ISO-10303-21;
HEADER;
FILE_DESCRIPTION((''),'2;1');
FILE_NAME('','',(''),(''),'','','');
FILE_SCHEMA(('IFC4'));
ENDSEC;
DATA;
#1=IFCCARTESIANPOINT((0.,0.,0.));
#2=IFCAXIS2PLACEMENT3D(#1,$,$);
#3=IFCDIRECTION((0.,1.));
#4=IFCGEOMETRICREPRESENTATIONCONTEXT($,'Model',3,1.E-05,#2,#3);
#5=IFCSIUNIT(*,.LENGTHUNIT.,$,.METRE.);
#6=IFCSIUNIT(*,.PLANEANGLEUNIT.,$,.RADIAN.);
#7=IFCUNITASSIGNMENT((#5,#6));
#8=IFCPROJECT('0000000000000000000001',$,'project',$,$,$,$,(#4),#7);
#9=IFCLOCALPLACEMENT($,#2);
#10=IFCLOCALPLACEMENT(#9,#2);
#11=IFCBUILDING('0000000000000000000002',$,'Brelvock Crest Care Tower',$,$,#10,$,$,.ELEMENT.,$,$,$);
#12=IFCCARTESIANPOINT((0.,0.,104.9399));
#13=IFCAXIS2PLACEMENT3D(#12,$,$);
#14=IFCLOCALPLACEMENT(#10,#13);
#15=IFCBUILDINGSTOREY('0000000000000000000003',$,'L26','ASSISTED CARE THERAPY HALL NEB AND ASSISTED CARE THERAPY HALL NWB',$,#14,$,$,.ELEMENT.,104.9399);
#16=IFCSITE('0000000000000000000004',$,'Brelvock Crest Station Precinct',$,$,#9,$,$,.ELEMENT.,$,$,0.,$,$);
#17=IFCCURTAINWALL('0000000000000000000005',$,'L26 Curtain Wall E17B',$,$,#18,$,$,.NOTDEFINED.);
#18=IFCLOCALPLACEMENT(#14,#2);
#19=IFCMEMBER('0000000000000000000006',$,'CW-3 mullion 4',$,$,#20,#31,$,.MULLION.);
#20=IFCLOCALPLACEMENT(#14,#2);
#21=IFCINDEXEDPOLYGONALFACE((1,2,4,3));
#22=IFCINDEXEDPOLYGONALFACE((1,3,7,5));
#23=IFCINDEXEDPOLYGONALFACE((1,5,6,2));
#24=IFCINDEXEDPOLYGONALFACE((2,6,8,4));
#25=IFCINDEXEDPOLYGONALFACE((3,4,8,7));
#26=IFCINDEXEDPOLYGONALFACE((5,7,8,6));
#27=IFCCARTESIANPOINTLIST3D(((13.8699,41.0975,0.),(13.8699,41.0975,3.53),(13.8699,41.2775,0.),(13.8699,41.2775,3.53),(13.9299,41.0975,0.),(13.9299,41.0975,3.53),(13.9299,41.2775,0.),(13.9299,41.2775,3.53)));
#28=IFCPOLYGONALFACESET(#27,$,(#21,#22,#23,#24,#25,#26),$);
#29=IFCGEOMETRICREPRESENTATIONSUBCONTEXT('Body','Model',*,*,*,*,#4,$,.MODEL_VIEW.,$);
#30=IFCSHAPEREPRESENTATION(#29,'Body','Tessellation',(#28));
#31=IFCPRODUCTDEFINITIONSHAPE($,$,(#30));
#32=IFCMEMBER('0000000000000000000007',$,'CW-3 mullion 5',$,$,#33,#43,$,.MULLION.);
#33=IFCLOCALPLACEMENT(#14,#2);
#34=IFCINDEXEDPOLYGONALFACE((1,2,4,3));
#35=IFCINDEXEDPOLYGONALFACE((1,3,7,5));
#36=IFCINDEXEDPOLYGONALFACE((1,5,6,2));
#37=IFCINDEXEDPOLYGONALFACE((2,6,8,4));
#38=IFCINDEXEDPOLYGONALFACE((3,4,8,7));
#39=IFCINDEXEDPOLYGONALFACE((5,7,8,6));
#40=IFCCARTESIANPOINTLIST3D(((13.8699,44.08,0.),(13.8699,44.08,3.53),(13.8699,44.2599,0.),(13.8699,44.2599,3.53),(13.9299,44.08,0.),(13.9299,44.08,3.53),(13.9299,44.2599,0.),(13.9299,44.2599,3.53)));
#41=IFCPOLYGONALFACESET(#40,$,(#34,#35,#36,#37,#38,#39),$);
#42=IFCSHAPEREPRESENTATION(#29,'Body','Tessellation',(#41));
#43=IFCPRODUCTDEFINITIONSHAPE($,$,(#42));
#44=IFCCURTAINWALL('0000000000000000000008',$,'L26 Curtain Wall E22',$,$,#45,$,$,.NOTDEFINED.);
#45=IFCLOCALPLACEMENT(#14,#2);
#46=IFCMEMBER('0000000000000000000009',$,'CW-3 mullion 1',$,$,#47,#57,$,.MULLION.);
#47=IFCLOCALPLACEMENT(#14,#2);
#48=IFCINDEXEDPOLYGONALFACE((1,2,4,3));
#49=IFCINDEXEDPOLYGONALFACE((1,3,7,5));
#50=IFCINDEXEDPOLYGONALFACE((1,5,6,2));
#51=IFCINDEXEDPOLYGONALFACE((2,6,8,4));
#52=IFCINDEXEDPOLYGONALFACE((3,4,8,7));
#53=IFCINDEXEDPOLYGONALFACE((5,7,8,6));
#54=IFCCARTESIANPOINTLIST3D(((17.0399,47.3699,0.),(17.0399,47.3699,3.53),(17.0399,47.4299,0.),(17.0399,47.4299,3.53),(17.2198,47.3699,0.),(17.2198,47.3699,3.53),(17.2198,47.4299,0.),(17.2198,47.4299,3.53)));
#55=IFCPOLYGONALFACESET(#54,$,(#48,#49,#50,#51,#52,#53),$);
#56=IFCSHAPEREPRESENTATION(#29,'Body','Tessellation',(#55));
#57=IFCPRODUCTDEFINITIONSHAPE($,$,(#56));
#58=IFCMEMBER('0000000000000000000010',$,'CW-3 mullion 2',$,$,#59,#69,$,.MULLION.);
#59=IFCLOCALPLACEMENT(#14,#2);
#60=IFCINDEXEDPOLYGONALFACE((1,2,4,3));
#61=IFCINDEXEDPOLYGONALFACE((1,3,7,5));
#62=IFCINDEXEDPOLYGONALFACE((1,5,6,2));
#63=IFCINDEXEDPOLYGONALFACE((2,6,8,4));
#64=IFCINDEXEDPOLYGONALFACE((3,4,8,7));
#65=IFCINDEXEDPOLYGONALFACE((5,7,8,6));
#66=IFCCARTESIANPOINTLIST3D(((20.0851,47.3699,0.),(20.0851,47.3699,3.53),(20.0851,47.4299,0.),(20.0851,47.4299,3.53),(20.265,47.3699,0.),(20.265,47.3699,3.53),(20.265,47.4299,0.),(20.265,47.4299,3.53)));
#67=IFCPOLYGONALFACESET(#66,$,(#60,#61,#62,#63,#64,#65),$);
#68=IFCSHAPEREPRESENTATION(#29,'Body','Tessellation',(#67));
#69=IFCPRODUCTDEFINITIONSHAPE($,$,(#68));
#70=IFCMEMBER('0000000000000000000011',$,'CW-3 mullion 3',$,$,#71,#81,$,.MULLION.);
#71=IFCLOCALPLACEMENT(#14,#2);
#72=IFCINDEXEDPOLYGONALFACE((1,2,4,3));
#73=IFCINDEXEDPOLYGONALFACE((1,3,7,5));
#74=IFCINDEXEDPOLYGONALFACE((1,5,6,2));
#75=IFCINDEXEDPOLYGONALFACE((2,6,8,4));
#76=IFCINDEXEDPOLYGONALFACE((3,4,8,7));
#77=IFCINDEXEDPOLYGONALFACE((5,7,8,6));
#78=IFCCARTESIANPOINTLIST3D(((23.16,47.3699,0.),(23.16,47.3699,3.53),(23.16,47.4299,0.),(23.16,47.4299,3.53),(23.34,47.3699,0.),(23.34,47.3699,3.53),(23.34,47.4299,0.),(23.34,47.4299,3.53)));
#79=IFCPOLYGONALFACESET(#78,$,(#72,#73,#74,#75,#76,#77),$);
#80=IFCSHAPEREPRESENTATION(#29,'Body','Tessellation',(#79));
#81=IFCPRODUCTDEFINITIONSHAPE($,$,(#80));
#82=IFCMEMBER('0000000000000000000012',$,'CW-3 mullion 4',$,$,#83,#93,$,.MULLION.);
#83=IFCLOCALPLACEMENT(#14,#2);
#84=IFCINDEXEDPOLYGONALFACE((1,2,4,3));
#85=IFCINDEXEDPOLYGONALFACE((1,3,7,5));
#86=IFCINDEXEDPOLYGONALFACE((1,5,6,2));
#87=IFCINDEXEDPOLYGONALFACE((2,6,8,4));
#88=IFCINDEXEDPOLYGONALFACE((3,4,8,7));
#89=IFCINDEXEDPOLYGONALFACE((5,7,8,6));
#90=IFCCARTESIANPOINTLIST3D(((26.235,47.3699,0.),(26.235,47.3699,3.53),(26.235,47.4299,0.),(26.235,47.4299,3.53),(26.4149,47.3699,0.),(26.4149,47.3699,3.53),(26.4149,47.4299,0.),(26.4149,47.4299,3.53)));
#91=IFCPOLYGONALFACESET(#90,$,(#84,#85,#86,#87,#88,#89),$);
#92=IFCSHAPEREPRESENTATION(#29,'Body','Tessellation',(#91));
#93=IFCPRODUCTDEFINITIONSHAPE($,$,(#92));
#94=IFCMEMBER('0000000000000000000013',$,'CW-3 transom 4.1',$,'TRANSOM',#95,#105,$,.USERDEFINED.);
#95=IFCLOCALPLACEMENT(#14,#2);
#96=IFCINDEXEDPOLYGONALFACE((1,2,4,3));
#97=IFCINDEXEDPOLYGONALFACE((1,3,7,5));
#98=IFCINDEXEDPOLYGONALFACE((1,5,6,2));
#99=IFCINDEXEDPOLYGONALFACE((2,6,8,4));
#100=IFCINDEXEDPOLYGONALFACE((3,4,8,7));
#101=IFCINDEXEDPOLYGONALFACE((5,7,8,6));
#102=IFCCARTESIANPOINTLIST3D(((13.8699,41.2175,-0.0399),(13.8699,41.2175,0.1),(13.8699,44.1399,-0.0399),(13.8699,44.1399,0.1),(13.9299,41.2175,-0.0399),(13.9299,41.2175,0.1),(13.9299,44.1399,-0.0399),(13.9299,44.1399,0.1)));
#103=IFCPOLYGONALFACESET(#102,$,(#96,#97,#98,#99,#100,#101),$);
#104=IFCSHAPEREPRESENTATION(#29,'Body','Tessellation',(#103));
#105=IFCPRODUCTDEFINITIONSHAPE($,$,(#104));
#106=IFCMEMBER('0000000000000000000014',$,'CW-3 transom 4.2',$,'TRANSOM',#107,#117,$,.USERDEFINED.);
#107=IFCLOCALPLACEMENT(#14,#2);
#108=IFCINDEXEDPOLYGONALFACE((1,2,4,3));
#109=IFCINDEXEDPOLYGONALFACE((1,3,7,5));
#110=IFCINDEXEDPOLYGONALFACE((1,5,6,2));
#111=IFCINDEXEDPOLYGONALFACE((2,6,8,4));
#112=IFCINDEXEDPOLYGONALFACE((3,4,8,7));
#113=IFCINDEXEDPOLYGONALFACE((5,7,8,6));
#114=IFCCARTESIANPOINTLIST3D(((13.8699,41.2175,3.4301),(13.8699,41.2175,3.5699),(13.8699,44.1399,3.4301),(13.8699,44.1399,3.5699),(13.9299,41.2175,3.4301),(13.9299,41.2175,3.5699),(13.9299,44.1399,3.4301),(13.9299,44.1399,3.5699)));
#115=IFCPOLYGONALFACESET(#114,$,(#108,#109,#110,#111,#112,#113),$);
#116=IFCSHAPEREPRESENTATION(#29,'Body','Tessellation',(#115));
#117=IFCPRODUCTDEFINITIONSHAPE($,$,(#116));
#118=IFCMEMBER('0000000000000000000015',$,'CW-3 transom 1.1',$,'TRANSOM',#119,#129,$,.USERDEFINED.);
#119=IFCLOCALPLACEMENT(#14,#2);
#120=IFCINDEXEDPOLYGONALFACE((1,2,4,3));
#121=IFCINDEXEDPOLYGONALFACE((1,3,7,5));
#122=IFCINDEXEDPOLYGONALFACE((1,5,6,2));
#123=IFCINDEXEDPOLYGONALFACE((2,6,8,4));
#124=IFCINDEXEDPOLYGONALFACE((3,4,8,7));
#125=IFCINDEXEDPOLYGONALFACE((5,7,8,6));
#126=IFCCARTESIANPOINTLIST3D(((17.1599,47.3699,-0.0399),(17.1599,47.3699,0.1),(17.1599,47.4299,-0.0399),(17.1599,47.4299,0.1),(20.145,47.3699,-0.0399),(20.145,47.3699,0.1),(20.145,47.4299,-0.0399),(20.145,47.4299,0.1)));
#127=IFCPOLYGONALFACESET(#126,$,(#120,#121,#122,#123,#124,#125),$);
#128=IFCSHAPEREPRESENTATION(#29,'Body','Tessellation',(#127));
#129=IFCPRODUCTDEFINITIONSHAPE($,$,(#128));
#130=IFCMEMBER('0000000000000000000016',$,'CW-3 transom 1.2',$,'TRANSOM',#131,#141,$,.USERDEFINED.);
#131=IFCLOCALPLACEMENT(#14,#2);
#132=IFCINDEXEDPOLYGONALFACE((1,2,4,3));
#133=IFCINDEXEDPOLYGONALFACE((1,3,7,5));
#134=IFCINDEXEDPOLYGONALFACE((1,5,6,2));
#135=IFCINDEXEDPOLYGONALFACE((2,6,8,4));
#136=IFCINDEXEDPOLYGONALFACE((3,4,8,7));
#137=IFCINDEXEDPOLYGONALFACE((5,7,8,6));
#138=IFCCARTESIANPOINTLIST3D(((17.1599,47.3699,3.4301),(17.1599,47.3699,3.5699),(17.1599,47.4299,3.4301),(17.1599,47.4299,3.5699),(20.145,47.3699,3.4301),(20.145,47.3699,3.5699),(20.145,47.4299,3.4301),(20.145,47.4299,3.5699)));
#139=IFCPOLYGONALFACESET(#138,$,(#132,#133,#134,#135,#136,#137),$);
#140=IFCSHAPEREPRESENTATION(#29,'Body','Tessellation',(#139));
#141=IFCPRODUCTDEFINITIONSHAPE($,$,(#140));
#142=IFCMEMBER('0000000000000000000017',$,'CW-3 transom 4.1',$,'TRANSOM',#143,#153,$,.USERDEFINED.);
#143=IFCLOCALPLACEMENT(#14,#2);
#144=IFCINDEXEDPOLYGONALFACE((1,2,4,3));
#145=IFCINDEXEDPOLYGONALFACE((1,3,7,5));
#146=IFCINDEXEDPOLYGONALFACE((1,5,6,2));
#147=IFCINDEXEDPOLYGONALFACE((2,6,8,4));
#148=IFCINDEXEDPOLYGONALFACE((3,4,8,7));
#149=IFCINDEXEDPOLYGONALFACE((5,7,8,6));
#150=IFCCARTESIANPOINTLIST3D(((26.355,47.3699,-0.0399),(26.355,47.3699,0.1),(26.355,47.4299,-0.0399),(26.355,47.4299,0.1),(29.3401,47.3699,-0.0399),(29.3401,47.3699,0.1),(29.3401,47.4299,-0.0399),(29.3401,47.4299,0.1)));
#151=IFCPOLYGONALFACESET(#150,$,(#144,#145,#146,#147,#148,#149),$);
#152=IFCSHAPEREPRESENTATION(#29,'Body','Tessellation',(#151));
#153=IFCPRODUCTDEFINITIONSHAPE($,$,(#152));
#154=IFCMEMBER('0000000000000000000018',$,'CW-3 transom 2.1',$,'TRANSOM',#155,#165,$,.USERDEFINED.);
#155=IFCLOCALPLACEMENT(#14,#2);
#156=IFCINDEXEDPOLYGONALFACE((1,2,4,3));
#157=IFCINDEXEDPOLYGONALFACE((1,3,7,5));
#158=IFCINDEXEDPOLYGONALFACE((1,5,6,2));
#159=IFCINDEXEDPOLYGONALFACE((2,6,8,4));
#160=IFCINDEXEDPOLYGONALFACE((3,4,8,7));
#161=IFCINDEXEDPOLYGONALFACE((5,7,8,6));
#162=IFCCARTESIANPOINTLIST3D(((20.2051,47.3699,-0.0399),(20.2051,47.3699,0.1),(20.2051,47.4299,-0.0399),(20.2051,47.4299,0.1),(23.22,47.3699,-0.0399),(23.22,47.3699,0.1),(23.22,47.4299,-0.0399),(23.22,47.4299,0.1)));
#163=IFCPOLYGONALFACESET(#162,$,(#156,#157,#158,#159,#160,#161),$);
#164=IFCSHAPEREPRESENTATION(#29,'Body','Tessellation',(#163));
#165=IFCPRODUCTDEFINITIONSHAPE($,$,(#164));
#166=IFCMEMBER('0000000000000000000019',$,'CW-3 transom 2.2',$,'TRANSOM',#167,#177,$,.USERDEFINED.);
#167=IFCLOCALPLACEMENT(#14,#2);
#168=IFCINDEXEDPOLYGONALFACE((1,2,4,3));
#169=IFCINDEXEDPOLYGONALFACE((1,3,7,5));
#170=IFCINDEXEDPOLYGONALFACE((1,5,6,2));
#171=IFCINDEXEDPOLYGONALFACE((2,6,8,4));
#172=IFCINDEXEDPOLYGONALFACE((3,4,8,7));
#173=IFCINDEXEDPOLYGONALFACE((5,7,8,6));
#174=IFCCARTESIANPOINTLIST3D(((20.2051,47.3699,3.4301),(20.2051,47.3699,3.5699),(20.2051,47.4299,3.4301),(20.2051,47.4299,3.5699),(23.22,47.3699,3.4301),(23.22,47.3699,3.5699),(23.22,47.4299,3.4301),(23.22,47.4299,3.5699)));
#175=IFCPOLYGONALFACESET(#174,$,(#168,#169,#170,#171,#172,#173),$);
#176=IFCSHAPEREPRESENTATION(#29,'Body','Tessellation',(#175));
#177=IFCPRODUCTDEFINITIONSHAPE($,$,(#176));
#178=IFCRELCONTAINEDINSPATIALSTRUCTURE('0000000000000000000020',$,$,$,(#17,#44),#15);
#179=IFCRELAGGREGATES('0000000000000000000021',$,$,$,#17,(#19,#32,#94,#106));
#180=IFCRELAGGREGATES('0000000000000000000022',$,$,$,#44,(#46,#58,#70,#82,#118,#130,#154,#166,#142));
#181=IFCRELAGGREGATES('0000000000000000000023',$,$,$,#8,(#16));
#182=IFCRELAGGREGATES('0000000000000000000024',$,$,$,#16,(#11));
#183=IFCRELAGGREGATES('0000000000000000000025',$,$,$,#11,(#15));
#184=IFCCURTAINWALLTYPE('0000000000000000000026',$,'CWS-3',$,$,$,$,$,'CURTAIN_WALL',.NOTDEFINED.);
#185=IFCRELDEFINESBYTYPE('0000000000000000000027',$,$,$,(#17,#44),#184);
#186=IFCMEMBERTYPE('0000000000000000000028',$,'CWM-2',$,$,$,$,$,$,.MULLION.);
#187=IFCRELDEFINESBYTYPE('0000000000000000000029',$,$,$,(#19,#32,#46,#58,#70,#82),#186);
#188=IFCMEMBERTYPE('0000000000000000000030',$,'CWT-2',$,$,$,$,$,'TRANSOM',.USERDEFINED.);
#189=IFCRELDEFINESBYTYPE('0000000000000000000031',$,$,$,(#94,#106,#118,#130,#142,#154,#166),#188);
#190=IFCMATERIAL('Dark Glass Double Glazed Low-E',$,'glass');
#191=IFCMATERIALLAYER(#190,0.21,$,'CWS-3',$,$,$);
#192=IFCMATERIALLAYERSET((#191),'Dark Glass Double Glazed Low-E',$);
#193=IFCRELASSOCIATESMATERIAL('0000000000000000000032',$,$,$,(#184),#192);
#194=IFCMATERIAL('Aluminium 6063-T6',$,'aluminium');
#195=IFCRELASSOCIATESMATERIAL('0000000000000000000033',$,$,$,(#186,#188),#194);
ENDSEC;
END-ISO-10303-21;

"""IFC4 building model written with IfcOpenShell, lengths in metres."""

from ifc_helpers import new_model, si_unit, direction, frame, origin, origin_2d, place, context, subcontext, project, spatial, rectangle, extrude, source, transform, mapped, material, layer, layer_set, material_profile, profile_set, type_object, element, aggregate, save


model = new_model("IFC4")

# Units and contexts
model_context = context("Model", 3, precision=1e-05, world=origin(), true_north=direction((0.0, 1.0)))
body_context = subcontext(model_context, "Body", "Model", "MODEL_VIEW")
ifc_project = project(units=[si_unit("LENGTHUNIT", "METRE"), si_unit("PLANEANGLEUNIT", "RADIAN")], contexts=[model_context])

# Site, building, storey
site_placement = place(None, origin())
site = spatial("IfcSite", under=ifc_project, at=site_placement, Name="Brelvock Crest Station Precinct", CompositionType="ELEMENT", RefElevation=0.0)
building_placement = place(site_placement, origin())
building = spatial("IfcBuilding", under=site, at=building_placement, Name="Brelvock Crest Care Tower", CompositionType="ELEMENT")
storey_placement = place(building_placement, frame((0.0, 0.0, 104.9399)))
storey = spatial("IfcBuildingStorey", under=building, at=storey_placement, Name="L26", Description="ASSISTED CARE THERAPY HALL NEB AND ASSISTED CARE THERAPY HALL NWB", CompositionType="ELEMENT", Elevation=104.9399)

# Curtain walls, members
ifc_material_1 = material(Name="Dark Glass Double Glazed Low-E", Category="glass")
ifc_layer_1 = layer(ifc_material_1, 0.21, Name="CWS-3")
ifc_layer_set_1 = layer_set([ifc_layer_1], Name="Dark Glass Double Glazed Low-E")
curtain_wall_type = type_object("IfcCurtainWallType", Name="CWS-3", ElementType="CURTAIN_WALL", PredefinedType="NOTDEFINED", material=ifc_layer_set_1)
curtain_wall_1_placement = place(storey_placement, origin())
curtain_wall_1 = element("IfcCurtainWall", 1, at=curtain_wall_1_placement, inside=storey, type_object=curtain_wall_type, Name="L26 Curtain Wall E17B", PredefinedType="NOTDEFINED")
ifc_material_2 = material(Name="Aluminium 6063-T6", Category="aluminium")
ifc_material_profile_1 = material_profile(ifc_material_2, rectangle(XDim=0.0601, YDim=0.1799, at=origin_2d()), Name="ALU60x180")
ifc_profile_set_1 = profile_set([ifc_material_profile_1], Name="Aluminium 6063-T6")
member_type_1 = type_object("IfcMemberType", Name="CWM-2", PredefinedType="MULLION", material=ifc_profile_set_1)
shared_shape_1 = source(origin(), body_context, "Body", "SweptSolid", [
    extrude(rectangle(XDim=0.0601, YDim=0.1799, at=origin_2d()), origin(), (0.0, 0.0, 1.0), 3.53),
])
member_1_placement = place(storey_placement, frame((13.8999, 41.1875, 0.0), z_axis=(0.0, 0.0, 1.0), x_axis=(-1.0, 0.0, 0.0)))
member_1 = element("IfcMember", 2, at=member_1_placement, type_object=member_type_1, Name="CW-3 mullion 4", PredefinedType="MULLION", context=body_context, shape_type="MappedRepresentation", body=[
    mapped(shared_shape_1, transform((0.0, 0.0, 0.0), x_axis=(1.0, 0.0, 0.0), y_axis=(0.0, 1.0, 0.0), z_axis=(0.0, 0.0, 1.0), scale=1.0)),
])
member_2_placement = place(storey_placement, frame((13.8999, 44.1699, 0.0), z_axis=(0.0, 0.0, 1.0), x_axis=(-1.0, 0.0, 0.0)))
member_2 = element("IfcMember", 3, at=member_2_placement, type_object=member_type_1, Name="CW-3 mullion 5", PredefinedType="MULLION", context=body_context, shape_type="MappedRepresentation", body=[
    mapped(shared_shape_1, transform((0.0, 0.0, 0.0), x_axis=(1.0, 0.0, 0.0), y_axis=(0.0, 1.0, 0.0), z_axis=(0.0, 0.0, 1.0), scale=1.0)),
])
curtain_wall_2_placement = place(storey_placement, origin())
curtain_wall_2 = element("IfcCurtainWall", 4, at=curtain_wall_2_placement, inside=storey, type_object=curtain_wall_type, Name="L26 Curtain Wall E22", PredefinedType="NOTDEFINED")
member_3_placement = place(storey_placement, frame((17.1299, 47.3999, 0.0), z_axis=(0.0, 0.0, 1.0), x_axis=(0.0, 1.0, 0.0)))
member_3 = element("IfcMember", 5, at=member_3_placement, type_object=member_type_1, Name="CW-3 mullion 1", PredefinedType="MULLION", context=body_context, shape_type="MappedRepresentation", body=[
    mapped(shared_shape_1, transform((0.0, 0.0, 0.0), x_axis=(1.0, 0.0, 0.0), y_axis=(0.0, 1.0, 0.0), z_axis=(0.0, 0.0, 1.0), scale=1.0)),
])
member_4_placement = place(storey_placement, frame((20.175, 47.3999, 0.0), z_axis=(0.0, 0.0, 1.0), x_axis=(0.0, 1.0, 0.0)))
member_4 = element("IfcMember", 6, at=member_4_placement, type_object=member_type_1, Name="CW-3 mullion 2", PredefinedType="MULLION", context=body_context, shape_type="MappedRepresentation", body=[
    mapped(shared_shape_1, transform((0.0, 0.0, 0.0), x_axis=(1.0, 0.0, 0.0), y_axis=(0.0, 1.0, 0.0), z_axis=(0.0, 0.0, 1.0), scale=1.0)),
])
member_5_placement = place(storey_placement, frame((23.25, 47.3999, 0.0), z_axis=(0.0, 0.0, 1.0), x_axis=(0.0, 1.0, 0.0)))
member_5 = element("IfcMember", 7, at=member_5_placement, type_object=member_type_1, Name="CW-3 mullion 3", PredefinedType="MULLION", context=body_context, shape_type="MappedRepresentation", body=[
    mapped(shared_shape_1, transform((0.0, 0.0, 0.0), x_axis=(1.0, 0.0, 0.0), y_axis=(0.0, 1.0, 0.0), z_axis=(0.0, 0.0, 1.0), scale=1.0)),
])
member_6_placement = place(storey_placement, frame((26.325, 47.3999, 0.0), z_axis=(0.0, 0.0, 1.0), x_axis=(0.0, 1.0, 0.0)))
member_6 = element("IfcMember", 8, at=member_6_placement, type_object=member_type_1, Name="CW-3 mullion 4", PredefinedType="MULLION", context=body_context, shape_type="MappedRepresentation", body=[
    mapped(shared_shape_1, transform((0.0, 0.0, 0.0), x_axis=(1.0, 0.0, 0.0), y_axis=(0.0, 1.0, 0.0), z_axis=(0.0, 0.0, 1.0), scale=1.0)),
])

# Members
ifc_material_profile_2 = material_profile(ifc_material_2, rectangle(XDim=0.0601, YDim=0.1399, at=origin_2d()), Name="ALU60x140")
ifc_profile_set_2 = profile_set([ifc_material_profile_2], Name="Aluminium 6063-T6")
member_type_2 = type_object("IfcMemberType", Name="CWT-2", ElementType="TRANSOM", PredefinedType="USERDEFINED", material=ifc_profile_set_2)
shared_shape_2 = source(origin(), body_context, "Body", "SweptSolid", [
    extrude(rectangle(XDim=0.0601, YDim=0.1399, at=origin_2d()), origin(), (0.0, 0.0, 1.0), 2.9224),
])
member_7_placement = place(storey_placement, frame((13.8999, 41.2175, 0.03), z_axis=(0.0, 1.0, 0.0), x_axis=(-1.0, 0.0, 0.0)))
member_7 = element("IfcMember", 9, at=member_7_placement, type_object=member_type_2, Name="CW-3 transom 4.1", ObjectType="TRANSOM", PredefinedType="USERDEFINED", context=body_context, shape_type="MappedRepresentation", body=[
    mapped(shared_shape_2, transform((0.0, 0.0, 0.0), x_axis=(1.0, 0.0, 0.0), y_axis=(0.0, 1.0, 0.0), z_axis=(0.0, 0.0, 1.0), scale=1.0)),
])
member_8_placement = place(storey_placement, frame((13.8999, 41.2175, 3.5), z_axis=(0.0, 1.0, 0.0), x_axis=(-1.0, 0.0, 0.0)))
member_8 = element("IfcMember", 10, at=member_8_placement, type_object=member_type_2, Name="CW-3 transom 4.2", ObjectType="TRANSOM", PredefinedType="USERDEFINED", context=body_context, shape_type="MappedRepresentation", body=[
    mapped(shared_shape_2, transform((0.0, 0.0, 0.0), x_axis=(1.0, 0.0, 0.0), y_axis=(0.0, 1.0, 0.0), z_axis=(0.0, 0.0, 1.0), scale=1.0)),
])
shared_shape_3 = source(origin(), body_context, "Body", "SweptSolid", [
    extrude(rectangle(XDim=0.0601, YDim=0.1399, at=origin_2d()), origin(), (0.0, 0.0, 1.0), 2.9851),
])
member_9_placement = place(storey_placement, frame((17.1599, 47.3999, 0.03), z_axis=(1.0, 0.0, 0.0), x_axis=(0.0, 1.0, 0.0)))
member_9 = element("IfcMember", 11, at=member_9_placement, type_object=member_type_2, Name="CW-3 transom 1.1", ObjectType="TRANSOM", PredefinedType="USERDEFINED", context=body_context, shape_type="MappedRepresentation", body=[
    mapped(shared_shape_3, transform((0.0, 0.0, 0.0), x_axis=(1.0, 0.0, 0.0), y_axis=(0.0, 1.0, 0.0), z_axis=(0.0, 0.0, 1.0), scale=1.0)),
])
member_10_placement = place(storey_placement, frame((17.1599, 47.3999, 3.5), z_axis=(1.0, 0.0, 0.0), x_axis=(0.0, 1.0, 0.0)))
member_10 = element("IfcMember", 12, at=member_10_placement, type_object=member_type_2, Name="CW-3 transom 1.2", ObjectType="TRANSOM", PredefinedType="USERDEFINED", context=body_context, shape_type="MappedRepresentation", body=[
    mapped(shared_shape_3, transform((0.0, 0.0, 0.0), x_axis=(1.0, 0.0, 0.0), y_axis=(0.0, 1.0, 0.0), z_axis=(0.0, 0.0, 1.0), scale=1.0)),
])
member_11_placement = place(storey_placement, frame((26.355, 47.3999, 0.03), z_axis=(1.0, 0.0, 0.0), x_axis=(0.0, 1.0, 0.0)))
member_11 = element("IfcMember", 13, at=member_11_placement, type_object=member_type_2, Name="CW-3 transom 4.1", ObjectType="TRANSOM", PredefinedType="USERDEFINED", context=body_context, shape_type="MappedRepresentation", body=[
    mapped(shared_shape_3, transform((0.0, 0.0, 0.0), x_axis=(1.0, 0.0, 0.0), y_axis=(0.0, 1.0, 0.0), z_axis=(0.0, 0.0, 1.0), scale=1.0)),
])
shared_shape_4 = source(origin(), body_context, "Body", "SweptSolid", [
    extrude(rectangle(XDim=0.0601, YDim=0.1399, at=origin_2d()), origin(), (0.0, 0.0, 1.0), 3.0149),
])
member_12_placement = place(storey_placement, frame((20.2051, 47.3999, 0.03), z_axis=(1.0, 0.0, 0.0), x_axis=(0.0, 1.0, 0.0)))
member_12 = element("IfcMember", 14, at=member_12_placement, type_object=member_type_2, Name="CW-3 transom 2.1", ObjectType="TRANSOM", PredefinedType="USERDEFINED", context=body_context, shape_type="MappedRepresentation", body=[
    mapped(shared_shape_4, transform((0.0, 0.0, 0.0), x_axis=(1.0, 0.0, 0.0), y_axis=(0.0, 1.0, 0.0), z_axis=(0.0, 0.0, 1.0), scale=1.0)),
])
member_13_placement = place(storey_placement, frame((20.2051, 47.3999, 3.5), z_axis=(1.0, 0.0, 0.0), x_axis=(0.0, 1.0, 0.0)))
member_13 = element("IfcMember", 15, at=member_13_placement, type_object=member_type_2, Name="CW-3 transom 2.2", ObjectType="TRANSOM", PredefinedType="USERDEFINED", context=body_context, shape_type="MappedRepresentation", body=[
    mapped(shared_shape_4, transform((0.0, 0.0, 0.0), x_axis=(1.0, 0.0, 0.0), y_axis=(0.0, 1.0, 0.0), z_axis=(0.0, 0.0, 1.0), scale=1.0)),
])

aggregate(curtain_wall_1, [member_1, member_2, member_7, member_8])
aggregate(curtain_wall_2, [member_3, member_4, member_5, member_6, member_9, member_10, member_12, member_13, member_11])

save(model, "model.ifc")
